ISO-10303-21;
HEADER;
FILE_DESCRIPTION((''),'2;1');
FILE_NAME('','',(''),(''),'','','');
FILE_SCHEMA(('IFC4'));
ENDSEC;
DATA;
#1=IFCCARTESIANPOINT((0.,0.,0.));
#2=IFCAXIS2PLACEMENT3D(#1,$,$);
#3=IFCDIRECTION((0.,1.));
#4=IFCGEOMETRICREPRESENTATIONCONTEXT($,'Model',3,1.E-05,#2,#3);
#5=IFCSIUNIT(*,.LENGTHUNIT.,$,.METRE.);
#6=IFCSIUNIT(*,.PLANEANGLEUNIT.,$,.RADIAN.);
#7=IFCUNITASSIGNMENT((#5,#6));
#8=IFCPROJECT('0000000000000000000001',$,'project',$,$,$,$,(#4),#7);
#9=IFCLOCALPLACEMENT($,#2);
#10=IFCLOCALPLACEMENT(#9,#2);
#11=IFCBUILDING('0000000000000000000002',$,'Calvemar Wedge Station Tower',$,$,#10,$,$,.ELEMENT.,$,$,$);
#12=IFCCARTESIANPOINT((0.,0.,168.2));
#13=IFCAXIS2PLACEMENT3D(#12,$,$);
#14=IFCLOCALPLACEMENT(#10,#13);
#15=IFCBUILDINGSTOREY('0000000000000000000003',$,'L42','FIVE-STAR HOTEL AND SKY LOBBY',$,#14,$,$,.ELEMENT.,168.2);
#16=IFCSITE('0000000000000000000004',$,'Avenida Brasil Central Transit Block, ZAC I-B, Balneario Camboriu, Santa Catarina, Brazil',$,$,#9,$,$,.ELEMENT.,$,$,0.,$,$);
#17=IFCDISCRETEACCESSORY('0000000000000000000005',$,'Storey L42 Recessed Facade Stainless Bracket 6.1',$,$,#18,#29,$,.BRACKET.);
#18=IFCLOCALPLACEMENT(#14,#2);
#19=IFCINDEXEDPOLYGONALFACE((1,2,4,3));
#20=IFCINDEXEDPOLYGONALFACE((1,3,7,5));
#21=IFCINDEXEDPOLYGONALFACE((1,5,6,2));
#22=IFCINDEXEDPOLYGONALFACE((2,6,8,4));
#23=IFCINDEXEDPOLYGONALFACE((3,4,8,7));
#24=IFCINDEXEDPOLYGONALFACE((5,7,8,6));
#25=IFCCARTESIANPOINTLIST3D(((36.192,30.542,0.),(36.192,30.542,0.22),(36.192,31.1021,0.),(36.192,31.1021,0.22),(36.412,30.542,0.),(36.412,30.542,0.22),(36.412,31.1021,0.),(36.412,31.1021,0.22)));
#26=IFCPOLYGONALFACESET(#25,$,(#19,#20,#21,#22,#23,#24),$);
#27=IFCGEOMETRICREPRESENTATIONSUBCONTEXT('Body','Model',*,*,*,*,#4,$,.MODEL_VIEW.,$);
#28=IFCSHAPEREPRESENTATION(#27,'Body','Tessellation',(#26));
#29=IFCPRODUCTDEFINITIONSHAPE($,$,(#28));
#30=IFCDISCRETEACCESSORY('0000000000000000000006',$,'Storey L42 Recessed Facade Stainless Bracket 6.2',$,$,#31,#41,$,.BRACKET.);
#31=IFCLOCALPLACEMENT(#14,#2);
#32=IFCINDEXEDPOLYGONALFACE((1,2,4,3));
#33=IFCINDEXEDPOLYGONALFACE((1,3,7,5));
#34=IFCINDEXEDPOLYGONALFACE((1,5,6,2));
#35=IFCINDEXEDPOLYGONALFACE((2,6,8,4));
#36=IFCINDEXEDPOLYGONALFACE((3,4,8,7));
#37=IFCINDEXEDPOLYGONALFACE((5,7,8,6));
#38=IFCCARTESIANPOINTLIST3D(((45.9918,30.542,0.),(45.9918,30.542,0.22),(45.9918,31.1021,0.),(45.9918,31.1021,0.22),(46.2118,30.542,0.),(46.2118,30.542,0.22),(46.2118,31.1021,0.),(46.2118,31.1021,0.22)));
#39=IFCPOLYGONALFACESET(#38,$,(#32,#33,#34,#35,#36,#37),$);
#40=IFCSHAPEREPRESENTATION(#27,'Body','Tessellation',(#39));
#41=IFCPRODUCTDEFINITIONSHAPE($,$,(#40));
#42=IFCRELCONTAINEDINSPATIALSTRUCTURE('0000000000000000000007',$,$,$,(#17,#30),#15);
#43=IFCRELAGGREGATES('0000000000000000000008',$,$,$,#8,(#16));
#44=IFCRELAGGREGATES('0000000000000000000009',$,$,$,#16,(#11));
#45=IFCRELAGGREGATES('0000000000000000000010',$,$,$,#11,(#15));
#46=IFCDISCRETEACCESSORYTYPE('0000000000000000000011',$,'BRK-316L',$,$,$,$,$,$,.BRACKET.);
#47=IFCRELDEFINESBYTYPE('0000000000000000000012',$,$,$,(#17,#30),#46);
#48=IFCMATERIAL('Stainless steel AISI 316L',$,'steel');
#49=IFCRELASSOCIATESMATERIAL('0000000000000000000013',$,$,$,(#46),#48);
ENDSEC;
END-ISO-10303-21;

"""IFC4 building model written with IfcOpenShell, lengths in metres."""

from ifc_helpers import new_model, si_unit, direction, frame, origin, origin_2d, place, context, subcontext, project, spatial, rectangle, extrude, source, transform, mapped, material, type_object, element, save


model = new_model("IFC4")

# Units and contexts
model_context = context("Model", 3, precision=1e-05, world=origin(), true_north=direction((0.0, 1.0)))
body_context = subcontext(model_context, "Body", "Model", "MODEL_VIEW")
ifc_project = project(units=[si_unit("LENGTHUNIT", "METRE"), si_unit("PLANEANGLEUNIT", "RADIAN")], contexts=[model_context])

# Site, building, storey
site_placement = place(None, origin())
site = spatial("IfcSite", under=ifc_project, at=site_placement, Name="Avenida Brasil Central Transit Block, ZAC I-B, Balneario Camboriu, Santa Catarina, Brazil", CompositionType="ELEMENT", RefElevation=0.0)
building_placement = place(site_placement, origin())
building = spatial("IfcBuilding", under=site, at=building_placement, Name="Calvemar Wedge Station Tower", CompositionType="ELEMENT")
storey_placement = place(building_placement, frame((0.0, 0.0, 168.2)))
storey = spatial("IfcBuildingStorey", under=building, at=storey_placement, Name="L42", Description="FIVE-STAR HOTEL AND SKY LOBBY", CompositionType="ELEMENT", Elevation=168.2)

# Discrete accessories
ifc_material_1 = material(Name="Stainless steel AISI 316L", Category="steel")
discrete_accessory_type = type_object("IfcDiscreteAccessoryType", Name="BRK-316L", PredefinedType="BRACKET", material=ifc_material_1)
shared_shape_1 = source(origin(), body_context, "Body", "SweptSolid", [
    extrude(rectangle(XDim=0.22, YDim=0.5601, at=origin_2d()), origin(), (0.0, 0.0, 1.0), 0.22),
])
for number, where, z_axis, x_axis, name in (
    (1, (36.302, 30.822, 0.0), (0.0, 0.0, 1.0), (1.0, 0.0, 0.0), "Storey L42 Recessed Facade Stainless Bracket 6.1"),
    (2, (46.1018, 30.822, 0.0), (0.0, 0.0, 1.0), (1.0, 0.0, 0.0), "Storey L42 Recessed Facade Stainless Bracket 6.2"),
):
    element("IfcDiscreteAccessory", number, at=place(storey_placement, frame(where, z_axis=z_axis, x_axis=x_axis)), inside=storey, type_object=discrete_accessory_type, Name=name, PredefinedType="BRACKET", context=body_context, shape_type="MappedRepresentation", body=[
        mapped(shared_shape_1, transform((0.0, 0.0, 0.0), scale=1.0)),
    ])

save(model, "model.ifc")
